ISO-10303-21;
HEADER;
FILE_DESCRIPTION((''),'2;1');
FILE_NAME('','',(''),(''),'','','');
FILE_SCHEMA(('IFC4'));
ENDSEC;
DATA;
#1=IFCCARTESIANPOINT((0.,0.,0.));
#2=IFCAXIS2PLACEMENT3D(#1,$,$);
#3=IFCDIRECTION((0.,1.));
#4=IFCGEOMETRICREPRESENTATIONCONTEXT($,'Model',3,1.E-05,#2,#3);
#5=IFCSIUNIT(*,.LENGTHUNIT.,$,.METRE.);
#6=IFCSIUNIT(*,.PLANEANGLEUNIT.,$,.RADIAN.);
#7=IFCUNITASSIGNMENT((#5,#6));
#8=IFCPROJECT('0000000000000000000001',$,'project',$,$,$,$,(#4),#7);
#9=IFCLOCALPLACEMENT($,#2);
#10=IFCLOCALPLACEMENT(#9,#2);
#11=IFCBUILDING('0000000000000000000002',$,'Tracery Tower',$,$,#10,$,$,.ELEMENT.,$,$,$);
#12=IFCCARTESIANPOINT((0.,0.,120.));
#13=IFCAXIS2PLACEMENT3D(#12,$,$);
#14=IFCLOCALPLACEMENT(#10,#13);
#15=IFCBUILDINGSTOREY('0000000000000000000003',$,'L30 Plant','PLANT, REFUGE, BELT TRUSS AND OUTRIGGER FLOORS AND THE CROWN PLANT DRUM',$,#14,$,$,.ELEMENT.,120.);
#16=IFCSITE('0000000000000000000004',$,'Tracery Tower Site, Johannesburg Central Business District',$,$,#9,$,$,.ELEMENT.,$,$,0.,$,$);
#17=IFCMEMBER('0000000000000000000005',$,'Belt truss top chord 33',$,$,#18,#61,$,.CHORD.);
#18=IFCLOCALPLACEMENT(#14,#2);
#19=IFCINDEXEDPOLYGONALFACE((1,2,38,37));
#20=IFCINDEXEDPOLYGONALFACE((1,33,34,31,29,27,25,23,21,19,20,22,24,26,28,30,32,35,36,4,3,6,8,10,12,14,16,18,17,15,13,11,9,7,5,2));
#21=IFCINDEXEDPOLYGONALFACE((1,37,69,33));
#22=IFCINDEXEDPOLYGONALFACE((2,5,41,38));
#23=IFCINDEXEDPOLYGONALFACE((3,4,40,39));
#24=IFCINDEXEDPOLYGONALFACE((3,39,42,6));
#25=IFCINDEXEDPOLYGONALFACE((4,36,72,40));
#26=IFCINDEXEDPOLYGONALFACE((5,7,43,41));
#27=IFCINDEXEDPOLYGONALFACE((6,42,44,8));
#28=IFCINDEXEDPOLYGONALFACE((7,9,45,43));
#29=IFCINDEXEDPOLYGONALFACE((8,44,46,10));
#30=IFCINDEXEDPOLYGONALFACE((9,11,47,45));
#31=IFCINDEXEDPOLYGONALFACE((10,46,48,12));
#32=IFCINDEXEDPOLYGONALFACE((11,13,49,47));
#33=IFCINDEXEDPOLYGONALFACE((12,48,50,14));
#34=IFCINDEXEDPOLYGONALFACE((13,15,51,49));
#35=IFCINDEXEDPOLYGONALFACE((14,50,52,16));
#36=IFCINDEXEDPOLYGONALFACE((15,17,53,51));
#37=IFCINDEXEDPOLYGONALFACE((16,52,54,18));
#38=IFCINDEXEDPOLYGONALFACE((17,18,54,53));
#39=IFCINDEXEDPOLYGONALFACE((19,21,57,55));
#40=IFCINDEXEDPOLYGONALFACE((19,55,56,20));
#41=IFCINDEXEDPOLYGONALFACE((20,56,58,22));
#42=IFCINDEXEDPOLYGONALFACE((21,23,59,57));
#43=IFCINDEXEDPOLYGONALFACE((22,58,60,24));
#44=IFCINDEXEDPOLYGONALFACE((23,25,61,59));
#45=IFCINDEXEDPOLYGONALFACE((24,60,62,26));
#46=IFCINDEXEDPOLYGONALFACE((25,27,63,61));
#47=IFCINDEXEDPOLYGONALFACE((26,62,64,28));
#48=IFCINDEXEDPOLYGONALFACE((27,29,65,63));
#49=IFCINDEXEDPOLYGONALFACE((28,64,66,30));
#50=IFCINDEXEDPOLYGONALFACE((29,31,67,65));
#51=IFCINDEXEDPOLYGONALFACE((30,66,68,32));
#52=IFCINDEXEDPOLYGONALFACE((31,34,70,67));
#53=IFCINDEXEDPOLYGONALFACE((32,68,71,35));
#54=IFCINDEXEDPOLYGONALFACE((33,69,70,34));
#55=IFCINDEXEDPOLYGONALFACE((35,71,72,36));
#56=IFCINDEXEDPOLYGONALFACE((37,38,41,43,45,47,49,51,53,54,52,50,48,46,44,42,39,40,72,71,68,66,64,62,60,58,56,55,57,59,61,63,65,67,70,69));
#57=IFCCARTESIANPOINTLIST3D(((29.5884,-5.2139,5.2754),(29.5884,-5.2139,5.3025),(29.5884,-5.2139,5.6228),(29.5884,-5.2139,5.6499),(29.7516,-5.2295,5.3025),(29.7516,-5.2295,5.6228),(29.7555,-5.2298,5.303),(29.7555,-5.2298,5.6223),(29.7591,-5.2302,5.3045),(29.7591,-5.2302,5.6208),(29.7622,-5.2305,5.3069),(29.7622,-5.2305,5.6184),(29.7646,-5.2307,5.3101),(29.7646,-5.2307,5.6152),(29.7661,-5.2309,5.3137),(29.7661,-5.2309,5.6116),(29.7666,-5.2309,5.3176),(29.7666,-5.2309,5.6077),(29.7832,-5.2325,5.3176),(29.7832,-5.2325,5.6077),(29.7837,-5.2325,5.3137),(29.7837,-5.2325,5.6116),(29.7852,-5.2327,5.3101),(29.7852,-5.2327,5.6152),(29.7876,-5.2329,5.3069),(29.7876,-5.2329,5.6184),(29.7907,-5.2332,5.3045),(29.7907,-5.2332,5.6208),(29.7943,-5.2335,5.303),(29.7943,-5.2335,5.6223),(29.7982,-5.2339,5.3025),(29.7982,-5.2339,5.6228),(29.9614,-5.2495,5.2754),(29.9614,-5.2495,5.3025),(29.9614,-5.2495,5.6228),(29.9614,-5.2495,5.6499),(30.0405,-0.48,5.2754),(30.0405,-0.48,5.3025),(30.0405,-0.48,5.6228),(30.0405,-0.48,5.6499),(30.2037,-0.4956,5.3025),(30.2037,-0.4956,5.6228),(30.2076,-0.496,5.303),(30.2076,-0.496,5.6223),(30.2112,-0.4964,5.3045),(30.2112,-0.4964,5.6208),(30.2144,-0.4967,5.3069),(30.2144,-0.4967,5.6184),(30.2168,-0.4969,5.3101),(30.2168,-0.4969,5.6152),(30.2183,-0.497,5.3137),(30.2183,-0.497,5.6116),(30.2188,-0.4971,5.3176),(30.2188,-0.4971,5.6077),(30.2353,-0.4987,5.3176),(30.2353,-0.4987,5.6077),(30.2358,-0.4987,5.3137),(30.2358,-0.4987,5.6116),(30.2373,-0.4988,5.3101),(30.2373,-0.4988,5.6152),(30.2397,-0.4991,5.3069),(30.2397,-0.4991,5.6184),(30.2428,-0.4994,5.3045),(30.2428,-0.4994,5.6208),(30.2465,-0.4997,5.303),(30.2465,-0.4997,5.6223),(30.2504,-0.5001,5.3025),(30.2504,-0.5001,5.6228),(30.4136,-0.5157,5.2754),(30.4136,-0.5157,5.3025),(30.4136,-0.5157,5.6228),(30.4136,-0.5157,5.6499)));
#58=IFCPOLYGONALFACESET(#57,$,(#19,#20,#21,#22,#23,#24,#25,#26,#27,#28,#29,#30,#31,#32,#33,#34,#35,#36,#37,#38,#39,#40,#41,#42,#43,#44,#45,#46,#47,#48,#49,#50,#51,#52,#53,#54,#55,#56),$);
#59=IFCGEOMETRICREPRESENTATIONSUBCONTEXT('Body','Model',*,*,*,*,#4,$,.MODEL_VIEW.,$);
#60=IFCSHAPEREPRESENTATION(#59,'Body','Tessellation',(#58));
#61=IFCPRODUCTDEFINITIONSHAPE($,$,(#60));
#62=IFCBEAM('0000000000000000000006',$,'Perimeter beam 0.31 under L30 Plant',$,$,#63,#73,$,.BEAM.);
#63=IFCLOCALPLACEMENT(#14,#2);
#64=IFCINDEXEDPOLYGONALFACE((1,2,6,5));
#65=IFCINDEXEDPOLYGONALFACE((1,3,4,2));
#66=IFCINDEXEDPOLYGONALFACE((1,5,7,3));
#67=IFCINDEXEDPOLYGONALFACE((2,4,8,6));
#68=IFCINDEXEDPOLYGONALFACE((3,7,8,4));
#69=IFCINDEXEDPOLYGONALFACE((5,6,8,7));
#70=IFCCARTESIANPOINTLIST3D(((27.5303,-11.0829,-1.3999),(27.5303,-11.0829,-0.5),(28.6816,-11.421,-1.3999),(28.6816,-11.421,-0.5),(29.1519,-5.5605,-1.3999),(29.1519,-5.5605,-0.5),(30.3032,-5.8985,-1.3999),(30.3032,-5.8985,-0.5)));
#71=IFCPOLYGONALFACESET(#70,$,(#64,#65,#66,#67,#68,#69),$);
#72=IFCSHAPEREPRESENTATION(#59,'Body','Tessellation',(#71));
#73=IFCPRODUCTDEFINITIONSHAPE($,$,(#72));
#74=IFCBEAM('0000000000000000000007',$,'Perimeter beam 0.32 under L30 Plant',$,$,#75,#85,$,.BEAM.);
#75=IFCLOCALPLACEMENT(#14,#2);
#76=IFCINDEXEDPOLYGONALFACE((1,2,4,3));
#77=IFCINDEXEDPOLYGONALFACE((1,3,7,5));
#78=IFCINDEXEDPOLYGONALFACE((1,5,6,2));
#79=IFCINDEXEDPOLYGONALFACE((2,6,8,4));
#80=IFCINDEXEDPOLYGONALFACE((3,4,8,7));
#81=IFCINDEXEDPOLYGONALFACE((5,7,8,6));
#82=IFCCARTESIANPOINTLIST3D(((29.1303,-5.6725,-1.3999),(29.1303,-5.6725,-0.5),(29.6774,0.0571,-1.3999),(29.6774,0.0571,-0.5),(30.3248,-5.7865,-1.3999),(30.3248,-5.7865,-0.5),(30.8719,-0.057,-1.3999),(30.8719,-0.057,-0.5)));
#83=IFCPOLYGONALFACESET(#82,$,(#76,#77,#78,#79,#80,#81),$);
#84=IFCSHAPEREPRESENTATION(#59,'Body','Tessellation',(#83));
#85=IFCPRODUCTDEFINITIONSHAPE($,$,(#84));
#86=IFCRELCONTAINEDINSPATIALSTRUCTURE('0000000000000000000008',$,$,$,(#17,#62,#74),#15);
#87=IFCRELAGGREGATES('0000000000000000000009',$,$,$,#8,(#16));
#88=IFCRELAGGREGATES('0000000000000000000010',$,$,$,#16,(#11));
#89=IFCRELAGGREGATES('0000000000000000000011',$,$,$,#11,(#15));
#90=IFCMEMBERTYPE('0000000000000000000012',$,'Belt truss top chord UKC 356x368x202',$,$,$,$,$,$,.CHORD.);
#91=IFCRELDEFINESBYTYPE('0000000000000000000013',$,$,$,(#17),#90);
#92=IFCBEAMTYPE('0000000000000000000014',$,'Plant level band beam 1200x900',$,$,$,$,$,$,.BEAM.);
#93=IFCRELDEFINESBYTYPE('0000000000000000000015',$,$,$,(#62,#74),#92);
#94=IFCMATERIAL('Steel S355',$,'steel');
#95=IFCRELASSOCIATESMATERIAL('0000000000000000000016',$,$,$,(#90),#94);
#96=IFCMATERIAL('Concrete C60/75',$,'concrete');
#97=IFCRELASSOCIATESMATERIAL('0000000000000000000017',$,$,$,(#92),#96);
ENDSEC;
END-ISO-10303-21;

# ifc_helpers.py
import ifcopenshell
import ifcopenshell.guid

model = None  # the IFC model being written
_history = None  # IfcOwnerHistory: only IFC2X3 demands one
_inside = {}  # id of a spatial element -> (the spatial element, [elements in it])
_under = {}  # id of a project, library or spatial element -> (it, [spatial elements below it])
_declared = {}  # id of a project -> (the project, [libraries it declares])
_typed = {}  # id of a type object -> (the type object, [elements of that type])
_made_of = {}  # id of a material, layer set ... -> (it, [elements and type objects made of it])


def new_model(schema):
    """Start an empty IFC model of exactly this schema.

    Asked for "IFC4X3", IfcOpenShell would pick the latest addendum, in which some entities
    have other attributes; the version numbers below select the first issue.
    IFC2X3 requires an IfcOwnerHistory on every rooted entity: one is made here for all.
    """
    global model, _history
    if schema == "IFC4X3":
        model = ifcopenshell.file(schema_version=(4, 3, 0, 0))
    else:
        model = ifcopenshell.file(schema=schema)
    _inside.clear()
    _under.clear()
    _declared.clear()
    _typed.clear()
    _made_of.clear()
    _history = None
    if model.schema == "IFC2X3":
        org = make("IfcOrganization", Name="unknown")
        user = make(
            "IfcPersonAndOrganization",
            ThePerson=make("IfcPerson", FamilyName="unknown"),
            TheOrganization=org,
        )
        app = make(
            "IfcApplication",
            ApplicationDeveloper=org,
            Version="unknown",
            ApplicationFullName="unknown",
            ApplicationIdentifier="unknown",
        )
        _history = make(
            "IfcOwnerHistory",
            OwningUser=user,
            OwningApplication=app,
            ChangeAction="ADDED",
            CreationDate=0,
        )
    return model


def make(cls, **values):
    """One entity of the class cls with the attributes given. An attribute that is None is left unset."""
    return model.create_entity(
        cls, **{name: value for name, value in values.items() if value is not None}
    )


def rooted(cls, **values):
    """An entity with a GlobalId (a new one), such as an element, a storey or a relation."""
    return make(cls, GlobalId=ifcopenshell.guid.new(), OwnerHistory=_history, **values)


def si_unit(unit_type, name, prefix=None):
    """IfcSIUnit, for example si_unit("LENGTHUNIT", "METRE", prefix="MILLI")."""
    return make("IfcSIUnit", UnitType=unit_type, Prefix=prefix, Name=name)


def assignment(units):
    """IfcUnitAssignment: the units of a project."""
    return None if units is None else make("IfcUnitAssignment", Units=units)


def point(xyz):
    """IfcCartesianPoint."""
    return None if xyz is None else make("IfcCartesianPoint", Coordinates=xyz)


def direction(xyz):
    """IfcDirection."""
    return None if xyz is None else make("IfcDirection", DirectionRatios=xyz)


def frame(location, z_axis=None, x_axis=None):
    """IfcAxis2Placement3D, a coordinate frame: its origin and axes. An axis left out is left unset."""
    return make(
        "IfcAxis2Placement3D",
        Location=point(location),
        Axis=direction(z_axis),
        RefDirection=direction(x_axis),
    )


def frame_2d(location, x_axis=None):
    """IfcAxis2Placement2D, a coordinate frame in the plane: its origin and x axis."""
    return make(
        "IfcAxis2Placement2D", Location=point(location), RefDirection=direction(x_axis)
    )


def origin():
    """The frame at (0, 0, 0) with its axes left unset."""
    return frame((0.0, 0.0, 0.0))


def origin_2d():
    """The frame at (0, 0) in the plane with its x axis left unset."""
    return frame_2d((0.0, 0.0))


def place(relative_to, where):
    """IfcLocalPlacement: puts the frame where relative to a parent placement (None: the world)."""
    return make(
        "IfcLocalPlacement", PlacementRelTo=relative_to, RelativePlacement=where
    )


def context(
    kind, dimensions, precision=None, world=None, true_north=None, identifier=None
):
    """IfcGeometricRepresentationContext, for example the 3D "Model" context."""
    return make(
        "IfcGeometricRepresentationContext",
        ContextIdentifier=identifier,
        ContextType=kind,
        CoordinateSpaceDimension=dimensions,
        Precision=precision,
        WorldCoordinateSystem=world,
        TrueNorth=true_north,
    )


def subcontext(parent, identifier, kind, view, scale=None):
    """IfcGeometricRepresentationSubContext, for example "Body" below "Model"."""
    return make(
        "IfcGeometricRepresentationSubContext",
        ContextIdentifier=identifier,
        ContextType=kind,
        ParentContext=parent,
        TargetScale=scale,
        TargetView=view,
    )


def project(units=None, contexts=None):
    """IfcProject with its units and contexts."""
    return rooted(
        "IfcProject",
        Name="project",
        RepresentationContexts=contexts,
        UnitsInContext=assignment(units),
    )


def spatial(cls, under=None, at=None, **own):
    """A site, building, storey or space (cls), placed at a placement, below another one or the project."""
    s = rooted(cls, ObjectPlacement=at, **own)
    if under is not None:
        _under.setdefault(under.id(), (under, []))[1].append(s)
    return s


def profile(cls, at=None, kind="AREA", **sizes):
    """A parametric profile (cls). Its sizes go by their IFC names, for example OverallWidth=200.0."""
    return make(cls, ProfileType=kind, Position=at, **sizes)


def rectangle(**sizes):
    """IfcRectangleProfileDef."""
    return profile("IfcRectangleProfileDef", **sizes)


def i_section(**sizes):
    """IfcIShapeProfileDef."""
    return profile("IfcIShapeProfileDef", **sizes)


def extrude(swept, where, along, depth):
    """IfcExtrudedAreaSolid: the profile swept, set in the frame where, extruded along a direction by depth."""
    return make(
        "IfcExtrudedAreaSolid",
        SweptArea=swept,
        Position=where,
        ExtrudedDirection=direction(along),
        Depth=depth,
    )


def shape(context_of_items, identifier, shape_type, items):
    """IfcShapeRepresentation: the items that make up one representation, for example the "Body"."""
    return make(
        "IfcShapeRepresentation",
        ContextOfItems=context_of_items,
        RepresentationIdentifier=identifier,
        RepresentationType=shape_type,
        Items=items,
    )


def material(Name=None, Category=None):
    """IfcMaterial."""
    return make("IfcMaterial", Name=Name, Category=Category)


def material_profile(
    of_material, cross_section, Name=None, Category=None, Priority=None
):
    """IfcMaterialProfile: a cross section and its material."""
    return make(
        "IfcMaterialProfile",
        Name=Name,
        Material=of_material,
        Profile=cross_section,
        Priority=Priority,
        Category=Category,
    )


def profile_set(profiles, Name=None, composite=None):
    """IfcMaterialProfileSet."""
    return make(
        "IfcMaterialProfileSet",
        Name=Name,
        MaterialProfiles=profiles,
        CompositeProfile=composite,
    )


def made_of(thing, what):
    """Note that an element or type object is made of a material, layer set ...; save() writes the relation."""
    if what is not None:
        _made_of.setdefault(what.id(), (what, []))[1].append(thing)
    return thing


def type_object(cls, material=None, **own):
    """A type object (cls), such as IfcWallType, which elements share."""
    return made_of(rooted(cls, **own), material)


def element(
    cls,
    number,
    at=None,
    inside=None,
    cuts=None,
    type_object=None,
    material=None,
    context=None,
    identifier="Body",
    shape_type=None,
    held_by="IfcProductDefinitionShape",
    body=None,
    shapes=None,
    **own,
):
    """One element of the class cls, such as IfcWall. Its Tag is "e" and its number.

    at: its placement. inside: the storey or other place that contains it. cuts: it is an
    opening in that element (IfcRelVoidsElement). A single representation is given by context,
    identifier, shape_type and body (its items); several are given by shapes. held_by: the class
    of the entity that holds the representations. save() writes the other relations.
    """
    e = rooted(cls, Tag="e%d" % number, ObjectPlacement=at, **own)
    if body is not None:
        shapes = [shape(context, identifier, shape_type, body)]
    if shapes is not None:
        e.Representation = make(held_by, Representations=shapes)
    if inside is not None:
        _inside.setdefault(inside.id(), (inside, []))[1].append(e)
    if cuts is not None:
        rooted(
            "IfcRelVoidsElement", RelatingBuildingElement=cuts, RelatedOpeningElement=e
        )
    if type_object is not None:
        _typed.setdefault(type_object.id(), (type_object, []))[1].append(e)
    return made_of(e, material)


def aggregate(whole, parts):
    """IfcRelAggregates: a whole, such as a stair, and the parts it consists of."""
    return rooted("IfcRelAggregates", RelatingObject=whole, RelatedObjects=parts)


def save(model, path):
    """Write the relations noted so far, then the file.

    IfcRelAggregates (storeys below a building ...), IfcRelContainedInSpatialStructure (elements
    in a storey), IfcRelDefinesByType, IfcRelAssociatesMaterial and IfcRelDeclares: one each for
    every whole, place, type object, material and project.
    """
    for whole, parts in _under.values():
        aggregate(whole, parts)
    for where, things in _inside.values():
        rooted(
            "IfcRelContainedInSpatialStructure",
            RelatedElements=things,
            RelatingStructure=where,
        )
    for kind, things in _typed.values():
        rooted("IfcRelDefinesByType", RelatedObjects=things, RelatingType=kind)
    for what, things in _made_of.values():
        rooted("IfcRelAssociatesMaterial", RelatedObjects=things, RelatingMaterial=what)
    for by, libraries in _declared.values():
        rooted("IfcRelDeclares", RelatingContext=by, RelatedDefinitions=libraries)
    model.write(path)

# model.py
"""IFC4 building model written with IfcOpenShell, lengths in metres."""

from ifc_helpers import new_model, si_unit, direction, frame, origin, origin_2d, place, context, subcontext, project, spatial, rectangle, i_section, extrude, material, material_profile, profile_set, type_object, element, save


model = new_model("IFC4")

# Units and contexts
model_context = context("Model", 3, precision=1e-05, world=origin(), true_north=direction((0.0, 1.0)))
body_context = subcontext(model_context, "Body", "Model", "MODEL_VIEW")
ifc_project = project(units=[si_unit("LENGTHUNIT", "METRE"), si_unit("PLANEANGLEUNIT", "RADIAN")], contexts=[model_context])

# Site, building, storey
site_placement = place(None, origin())
site = spatial("IfcSite", under=ifc_project, at=site_placement, Name="Tracery Tower Site, Johannesburg Central Business District", CompositionType="ELEMENT", RefElevation=0.0)
building_placement = place(site_placement, origin())
building = spatial("IfcBuilding", under=site, at=building_placement, Name="Tracery Tower", CompositionType="ELEMENT")
storey_placement = place(building_placement, frame((0.0, 0.0, 120.0)))
storey = spatial("IfcBuildingStorey", under=building, at=storey_placement, Name="L30 Plant", Description="PLANT, REFUGE, BELT TRUSS AND OUTRIGGER FLOORS AND THE CROWN PLANT DRUM", CompositionType="ELEMENT", Elevation=120.0)

# Member
ifc_material_1 = material(Name="Steel S355", Category="steel")
ifc_material_profile_1 = material_profile(ifc_material_1, i_section(OverallWidth=0.3748, OverallDepth=0.3745, WebThickness=0.0166, FlangeThickness=0.0271, FilletRadius=0.0151, at=origin_2d()), Name="UKC 356x368x202")
ifc_profile_set_1 = profile_set([ifc_material_profile_1], Name="Steel S355")
member_type_1 = type_object("IfcMemberType", Name="Belt truss top chord UKC 356x368x202", PredefinedType="CHORD", material=ifc_profile_set_1)
member_1_placement = place(storey_placement, frame((29.7749, -5.2317, 5.4626), z_axis=(0.09508, 0.99547, 0.0), x_axis=(-0.99547, 0.09508, 0.0)))
element("IfcMember", 1, at=member_1_placement, inside=storey, type_object=member_type_1, Name="Belt truss top chord 33", PredefinedType="CHORD", context=body_context, shape_type="SweptSolid", body=[
    extrude(i_section(OverallWidth=0.3748, OverallDepth=0.3745, WebThickness=0.0166, FlangeThickness=0.0271, FilletRadius=0.0151, at=origin_2d()), origin(), (0.0, 0.0, 1.0), 4.7554),
])

# Beams
ifc_material_2 = material(Name="Concrete C60/75", Category="concrete")
ifc_material_profile_2 = material_profile(ifc_material_2, rectangle(XDim=1.2, YDim=0.8999, at=origin_2d()), Name="RC 1200x900")
ifc_profile_set_2 = profile_set([ifc_material_profile_2], Name="Concrete C60/75")
beam_type = type_object("IfcBeamType", Name="Plant level band beam 1200x900", PredefinedType="BEAM", material=ifc_profile_set_2)
for number, where, z_axis, x_axis, name in (
    (2, (28.106, -11.252, -0.95), (0.281739, 0.959491, 0.0), (-0.959491, 0.281739, 0.0), "Perimeter beam 0.31 under L30 Plant"),
    (3, (29.7275, -5.7295, -0.95), (0.095059, 0.995472, 0.0), (-0.995472, 0.095059, 0.0), "Perimeter beam 0.32 under L30 Plant"),
):
    element("IfcBeam", number, at=place(storey_placement, frame(where, z_axis=z_axis, x_axis=x_axis)), inside=storey, type_object=beam_type, Name=name, PredefinedType="BEAM", context=body_context, shape_type="SweptSolid", body=[
        extrude(rectangle(XDim=1.2, YDim=0.8999, at=origin_2d()), origin(), (0.0, 0.0, 1.0), 5.7556),
    ])

save(model, "model.ifc")
